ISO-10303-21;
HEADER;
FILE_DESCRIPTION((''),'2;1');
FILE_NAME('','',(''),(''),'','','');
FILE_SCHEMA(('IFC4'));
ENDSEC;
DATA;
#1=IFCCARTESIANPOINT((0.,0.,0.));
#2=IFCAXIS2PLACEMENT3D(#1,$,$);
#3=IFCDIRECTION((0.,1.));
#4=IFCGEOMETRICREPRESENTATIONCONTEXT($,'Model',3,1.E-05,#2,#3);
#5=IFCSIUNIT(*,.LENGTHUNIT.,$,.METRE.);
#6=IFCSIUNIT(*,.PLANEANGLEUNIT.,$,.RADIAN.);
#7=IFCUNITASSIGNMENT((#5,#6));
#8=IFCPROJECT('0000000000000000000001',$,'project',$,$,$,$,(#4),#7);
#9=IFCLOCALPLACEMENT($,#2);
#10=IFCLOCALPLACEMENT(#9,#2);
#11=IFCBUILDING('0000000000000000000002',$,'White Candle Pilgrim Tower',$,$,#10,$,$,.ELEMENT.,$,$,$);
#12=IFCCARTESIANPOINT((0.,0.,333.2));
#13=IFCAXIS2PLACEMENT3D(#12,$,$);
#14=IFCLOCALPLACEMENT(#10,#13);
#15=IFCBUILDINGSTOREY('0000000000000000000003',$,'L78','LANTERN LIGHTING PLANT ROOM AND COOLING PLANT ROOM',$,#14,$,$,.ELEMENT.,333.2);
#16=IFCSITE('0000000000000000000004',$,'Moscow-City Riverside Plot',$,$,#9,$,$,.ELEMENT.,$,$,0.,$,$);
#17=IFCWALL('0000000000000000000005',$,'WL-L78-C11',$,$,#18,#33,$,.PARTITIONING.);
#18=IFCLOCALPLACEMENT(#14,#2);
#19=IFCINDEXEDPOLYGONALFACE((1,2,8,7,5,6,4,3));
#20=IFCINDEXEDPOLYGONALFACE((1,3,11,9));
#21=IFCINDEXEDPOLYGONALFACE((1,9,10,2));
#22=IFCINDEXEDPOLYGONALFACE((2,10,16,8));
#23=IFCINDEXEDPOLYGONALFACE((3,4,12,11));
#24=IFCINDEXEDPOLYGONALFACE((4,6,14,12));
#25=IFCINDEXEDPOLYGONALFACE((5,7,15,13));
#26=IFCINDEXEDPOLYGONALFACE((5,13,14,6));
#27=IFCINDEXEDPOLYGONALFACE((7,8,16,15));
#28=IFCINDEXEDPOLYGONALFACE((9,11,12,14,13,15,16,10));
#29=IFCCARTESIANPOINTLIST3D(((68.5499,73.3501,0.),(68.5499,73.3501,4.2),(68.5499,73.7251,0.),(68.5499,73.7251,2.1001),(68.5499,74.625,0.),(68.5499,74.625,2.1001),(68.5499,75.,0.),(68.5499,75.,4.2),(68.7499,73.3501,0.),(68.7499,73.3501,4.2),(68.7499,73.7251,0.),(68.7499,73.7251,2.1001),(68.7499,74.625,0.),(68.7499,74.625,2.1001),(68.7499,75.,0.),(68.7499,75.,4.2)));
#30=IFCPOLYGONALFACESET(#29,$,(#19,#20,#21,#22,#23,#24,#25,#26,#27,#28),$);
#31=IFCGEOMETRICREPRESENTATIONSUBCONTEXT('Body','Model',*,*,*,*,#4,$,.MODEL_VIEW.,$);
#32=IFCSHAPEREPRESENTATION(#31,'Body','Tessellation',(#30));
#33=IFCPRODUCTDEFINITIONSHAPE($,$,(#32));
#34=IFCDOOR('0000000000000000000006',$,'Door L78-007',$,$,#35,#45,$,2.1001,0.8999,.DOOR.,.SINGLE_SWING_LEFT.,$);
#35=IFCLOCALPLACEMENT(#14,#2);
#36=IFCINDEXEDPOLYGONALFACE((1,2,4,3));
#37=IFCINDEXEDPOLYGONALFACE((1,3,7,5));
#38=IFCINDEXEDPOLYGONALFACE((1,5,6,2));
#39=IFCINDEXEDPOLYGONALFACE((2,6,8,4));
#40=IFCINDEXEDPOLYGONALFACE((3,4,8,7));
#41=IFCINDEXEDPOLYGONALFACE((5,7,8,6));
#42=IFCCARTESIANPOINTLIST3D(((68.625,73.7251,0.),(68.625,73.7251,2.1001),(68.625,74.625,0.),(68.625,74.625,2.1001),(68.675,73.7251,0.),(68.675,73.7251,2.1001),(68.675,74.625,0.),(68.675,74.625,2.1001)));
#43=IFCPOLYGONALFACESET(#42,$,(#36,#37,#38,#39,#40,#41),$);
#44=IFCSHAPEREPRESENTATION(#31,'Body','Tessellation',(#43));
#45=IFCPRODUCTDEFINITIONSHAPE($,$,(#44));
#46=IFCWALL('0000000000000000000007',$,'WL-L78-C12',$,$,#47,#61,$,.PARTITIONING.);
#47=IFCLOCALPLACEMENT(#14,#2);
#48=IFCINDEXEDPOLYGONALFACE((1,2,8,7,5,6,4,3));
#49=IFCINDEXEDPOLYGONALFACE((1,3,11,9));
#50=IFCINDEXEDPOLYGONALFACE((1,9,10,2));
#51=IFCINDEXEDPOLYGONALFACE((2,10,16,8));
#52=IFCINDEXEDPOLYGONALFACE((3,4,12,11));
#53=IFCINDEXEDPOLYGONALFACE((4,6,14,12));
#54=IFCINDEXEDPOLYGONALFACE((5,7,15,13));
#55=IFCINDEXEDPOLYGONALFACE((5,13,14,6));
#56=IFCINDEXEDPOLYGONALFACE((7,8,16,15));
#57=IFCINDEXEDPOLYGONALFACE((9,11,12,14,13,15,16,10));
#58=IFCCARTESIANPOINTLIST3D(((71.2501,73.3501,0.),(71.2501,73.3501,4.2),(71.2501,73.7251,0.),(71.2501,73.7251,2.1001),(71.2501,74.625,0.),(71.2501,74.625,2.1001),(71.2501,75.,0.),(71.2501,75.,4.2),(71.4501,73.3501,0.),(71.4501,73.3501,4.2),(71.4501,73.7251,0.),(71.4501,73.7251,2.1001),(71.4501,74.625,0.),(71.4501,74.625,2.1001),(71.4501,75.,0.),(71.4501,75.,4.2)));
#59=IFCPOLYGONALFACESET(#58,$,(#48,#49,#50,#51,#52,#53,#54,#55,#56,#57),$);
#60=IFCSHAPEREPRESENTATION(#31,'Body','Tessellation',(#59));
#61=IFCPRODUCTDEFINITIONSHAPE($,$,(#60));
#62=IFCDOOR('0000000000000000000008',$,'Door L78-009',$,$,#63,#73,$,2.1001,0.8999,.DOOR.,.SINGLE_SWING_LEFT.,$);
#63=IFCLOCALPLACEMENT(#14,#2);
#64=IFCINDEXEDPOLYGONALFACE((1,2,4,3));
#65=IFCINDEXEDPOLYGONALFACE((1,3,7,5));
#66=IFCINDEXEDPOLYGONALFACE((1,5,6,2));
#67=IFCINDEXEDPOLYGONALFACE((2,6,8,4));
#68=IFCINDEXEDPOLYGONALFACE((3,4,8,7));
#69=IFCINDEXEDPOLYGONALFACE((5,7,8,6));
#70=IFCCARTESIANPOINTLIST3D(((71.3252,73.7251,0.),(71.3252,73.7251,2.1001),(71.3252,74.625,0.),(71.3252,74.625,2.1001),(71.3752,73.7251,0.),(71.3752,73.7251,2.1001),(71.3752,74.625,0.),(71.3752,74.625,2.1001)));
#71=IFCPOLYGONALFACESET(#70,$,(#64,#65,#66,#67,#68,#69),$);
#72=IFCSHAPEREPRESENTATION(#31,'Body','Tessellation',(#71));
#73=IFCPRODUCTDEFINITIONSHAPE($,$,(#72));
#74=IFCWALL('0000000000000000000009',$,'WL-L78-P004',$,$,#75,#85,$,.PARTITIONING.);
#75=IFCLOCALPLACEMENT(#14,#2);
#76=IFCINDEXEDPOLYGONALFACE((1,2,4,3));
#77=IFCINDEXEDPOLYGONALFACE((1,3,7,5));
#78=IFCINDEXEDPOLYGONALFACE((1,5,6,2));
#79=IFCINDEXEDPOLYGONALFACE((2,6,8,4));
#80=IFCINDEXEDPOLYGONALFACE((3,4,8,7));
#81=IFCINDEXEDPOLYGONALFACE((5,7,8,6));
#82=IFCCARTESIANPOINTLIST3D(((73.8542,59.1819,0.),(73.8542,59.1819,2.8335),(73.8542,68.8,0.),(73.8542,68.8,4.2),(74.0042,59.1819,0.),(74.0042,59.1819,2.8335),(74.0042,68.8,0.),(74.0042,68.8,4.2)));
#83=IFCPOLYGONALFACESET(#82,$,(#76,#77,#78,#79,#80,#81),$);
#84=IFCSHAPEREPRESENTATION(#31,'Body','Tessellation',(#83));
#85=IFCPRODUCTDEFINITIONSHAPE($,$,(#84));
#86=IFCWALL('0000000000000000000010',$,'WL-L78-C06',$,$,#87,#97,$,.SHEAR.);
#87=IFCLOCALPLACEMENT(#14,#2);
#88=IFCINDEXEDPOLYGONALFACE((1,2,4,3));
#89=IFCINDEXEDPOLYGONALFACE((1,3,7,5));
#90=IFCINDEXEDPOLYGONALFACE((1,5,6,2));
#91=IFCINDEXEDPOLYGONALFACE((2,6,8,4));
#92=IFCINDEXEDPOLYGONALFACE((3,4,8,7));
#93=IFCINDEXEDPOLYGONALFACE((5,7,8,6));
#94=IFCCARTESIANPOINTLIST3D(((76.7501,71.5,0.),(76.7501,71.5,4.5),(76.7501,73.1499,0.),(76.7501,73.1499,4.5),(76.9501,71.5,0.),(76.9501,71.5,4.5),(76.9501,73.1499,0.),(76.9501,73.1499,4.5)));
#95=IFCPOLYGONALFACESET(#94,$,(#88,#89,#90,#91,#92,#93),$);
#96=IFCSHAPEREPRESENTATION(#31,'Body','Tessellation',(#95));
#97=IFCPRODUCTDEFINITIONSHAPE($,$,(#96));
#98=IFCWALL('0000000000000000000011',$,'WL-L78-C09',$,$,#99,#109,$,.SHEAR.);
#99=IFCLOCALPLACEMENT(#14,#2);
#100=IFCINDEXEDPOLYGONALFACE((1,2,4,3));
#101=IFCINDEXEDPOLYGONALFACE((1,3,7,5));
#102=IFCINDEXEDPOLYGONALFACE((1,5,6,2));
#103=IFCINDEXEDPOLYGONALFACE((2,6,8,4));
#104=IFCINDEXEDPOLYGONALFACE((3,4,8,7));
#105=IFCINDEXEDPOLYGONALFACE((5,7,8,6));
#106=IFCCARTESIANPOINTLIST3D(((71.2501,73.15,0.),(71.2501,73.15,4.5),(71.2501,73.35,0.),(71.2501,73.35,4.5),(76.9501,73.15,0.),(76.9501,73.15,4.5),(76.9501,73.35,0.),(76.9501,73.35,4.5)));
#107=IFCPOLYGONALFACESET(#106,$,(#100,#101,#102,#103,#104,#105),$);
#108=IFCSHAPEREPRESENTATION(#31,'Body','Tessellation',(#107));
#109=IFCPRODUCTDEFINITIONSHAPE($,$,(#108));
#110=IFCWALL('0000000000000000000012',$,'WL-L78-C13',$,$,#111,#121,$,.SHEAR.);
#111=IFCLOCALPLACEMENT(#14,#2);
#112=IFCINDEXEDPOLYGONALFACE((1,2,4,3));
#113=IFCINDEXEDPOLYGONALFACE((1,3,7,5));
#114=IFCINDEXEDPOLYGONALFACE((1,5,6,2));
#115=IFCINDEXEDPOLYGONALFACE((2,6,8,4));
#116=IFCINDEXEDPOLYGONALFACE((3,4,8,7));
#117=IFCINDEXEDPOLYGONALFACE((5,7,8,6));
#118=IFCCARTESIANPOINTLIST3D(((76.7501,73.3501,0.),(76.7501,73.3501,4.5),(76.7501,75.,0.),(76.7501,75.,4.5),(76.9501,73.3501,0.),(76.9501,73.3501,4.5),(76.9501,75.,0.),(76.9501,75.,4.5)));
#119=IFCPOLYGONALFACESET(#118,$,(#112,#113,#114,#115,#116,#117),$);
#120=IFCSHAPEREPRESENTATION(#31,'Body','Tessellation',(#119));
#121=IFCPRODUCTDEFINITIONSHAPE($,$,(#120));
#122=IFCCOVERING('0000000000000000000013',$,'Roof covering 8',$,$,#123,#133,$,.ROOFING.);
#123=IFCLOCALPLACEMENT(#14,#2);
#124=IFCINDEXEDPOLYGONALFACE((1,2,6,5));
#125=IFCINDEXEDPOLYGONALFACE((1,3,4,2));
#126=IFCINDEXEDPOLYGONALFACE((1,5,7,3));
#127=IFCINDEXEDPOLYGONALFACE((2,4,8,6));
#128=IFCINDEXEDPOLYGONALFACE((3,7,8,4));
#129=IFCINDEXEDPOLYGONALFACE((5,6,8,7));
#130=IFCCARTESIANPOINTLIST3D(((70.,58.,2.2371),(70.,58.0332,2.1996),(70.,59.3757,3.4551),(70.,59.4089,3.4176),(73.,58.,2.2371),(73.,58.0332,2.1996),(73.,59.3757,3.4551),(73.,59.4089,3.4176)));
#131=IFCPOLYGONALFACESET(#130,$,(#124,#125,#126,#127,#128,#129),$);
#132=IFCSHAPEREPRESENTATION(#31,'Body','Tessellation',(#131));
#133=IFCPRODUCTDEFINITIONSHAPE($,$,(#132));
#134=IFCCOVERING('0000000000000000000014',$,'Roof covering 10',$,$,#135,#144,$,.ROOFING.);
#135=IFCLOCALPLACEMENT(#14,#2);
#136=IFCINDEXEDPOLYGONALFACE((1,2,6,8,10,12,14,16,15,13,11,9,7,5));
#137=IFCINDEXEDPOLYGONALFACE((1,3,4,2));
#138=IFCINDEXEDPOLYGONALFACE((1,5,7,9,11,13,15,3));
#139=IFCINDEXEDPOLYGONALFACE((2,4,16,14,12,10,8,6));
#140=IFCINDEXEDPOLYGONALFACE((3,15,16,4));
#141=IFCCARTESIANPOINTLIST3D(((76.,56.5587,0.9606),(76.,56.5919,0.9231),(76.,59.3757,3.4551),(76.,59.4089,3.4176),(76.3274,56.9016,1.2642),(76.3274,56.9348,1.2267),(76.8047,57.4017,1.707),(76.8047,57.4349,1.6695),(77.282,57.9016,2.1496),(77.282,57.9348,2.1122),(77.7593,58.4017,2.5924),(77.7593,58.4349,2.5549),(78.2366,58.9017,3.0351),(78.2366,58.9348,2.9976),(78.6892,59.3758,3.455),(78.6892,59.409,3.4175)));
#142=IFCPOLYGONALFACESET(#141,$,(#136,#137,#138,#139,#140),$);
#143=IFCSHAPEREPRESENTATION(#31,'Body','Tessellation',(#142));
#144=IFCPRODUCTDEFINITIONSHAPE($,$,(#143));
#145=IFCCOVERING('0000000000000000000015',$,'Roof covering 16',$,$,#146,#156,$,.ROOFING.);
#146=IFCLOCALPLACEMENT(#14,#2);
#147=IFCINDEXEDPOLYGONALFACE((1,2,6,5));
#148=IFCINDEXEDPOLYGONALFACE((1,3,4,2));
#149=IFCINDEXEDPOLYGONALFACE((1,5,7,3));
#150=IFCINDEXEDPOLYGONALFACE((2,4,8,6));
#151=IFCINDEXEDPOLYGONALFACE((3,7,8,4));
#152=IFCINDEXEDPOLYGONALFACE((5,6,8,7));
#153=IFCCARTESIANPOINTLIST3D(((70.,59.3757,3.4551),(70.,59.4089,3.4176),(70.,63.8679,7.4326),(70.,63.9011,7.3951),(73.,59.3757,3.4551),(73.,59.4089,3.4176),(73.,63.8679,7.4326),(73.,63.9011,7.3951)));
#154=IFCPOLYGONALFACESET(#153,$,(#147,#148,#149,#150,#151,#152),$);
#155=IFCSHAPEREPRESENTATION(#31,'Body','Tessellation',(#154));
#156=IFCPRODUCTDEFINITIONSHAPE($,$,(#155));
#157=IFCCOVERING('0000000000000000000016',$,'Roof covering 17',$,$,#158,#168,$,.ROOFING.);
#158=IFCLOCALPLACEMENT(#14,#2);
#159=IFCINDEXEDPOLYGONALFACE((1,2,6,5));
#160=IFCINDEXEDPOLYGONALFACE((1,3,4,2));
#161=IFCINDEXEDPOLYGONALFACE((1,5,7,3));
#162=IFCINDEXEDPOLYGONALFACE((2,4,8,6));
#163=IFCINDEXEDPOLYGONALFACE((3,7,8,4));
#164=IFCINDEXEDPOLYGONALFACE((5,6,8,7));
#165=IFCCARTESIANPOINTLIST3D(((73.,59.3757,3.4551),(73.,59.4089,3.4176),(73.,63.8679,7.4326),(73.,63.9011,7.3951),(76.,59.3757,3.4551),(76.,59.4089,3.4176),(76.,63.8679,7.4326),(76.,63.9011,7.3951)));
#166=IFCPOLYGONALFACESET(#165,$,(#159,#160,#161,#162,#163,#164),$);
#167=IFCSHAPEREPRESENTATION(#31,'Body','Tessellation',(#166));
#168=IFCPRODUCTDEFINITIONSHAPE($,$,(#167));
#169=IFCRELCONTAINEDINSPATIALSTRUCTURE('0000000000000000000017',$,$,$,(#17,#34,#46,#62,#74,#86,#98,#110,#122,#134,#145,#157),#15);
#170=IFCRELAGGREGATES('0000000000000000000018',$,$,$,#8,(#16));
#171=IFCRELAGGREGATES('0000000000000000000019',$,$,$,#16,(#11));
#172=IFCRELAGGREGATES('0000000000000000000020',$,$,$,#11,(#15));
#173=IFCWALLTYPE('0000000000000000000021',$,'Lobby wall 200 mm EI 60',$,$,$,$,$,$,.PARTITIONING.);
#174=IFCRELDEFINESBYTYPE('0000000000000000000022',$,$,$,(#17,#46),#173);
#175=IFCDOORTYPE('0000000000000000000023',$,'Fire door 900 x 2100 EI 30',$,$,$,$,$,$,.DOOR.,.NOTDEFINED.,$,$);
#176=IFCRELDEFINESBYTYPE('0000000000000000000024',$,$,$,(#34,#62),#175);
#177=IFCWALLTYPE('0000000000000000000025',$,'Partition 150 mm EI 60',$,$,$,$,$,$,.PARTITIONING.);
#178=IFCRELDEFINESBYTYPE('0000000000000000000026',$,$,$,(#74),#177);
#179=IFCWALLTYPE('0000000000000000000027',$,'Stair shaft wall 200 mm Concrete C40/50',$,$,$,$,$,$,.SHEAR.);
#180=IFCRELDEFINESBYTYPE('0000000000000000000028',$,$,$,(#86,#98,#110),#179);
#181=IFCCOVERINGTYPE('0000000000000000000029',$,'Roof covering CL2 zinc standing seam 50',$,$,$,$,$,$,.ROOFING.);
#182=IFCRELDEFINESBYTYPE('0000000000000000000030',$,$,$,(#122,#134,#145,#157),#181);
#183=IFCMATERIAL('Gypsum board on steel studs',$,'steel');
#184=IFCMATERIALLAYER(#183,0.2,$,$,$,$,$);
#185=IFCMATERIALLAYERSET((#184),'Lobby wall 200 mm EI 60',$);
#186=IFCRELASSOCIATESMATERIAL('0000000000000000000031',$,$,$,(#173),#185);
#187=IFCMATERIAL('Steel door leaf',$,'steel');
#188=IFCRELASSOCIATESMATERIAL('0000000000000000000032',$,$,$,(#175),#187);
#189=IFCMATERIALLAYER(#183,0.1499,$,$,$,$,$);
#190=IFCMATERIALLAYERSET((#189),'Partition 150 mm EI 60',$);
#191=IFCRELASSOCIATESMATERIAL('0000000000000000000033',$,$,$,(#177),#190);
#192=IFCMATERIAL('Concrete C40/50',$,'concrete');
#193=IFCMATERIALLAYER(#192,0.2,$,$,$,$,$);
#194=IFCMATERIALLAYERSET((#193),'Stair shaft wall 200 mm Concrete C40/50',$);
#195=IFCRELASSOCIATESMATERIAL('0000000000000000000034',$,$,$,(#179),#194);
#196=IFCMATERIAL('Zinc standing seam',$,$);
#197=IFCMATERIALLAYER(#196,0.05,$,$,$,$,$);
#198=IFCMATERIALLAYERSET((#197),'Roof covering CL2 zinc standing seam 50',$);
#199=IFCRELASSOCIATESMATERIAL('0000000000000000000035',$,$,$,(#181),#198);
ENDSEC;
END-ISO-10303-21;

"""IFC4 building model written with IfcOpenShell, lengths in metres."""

from ifc_helpers import new_model, si_unit, direction, frame, frame_2d, origin, place, context, subcontext, project, spatial, polyline, rectangle, outline, extrude, material, layer, layer_set, type_object, element, fill, save


model = new_model("IFC4")

# Units and contexts
model_context = context("Model", 3, precision=1e-05, world=origin(), true_north=direction((0.0, 1.0)))
body_context = subcontext(model_context, "Body", "Model", "MODEL_VIEW")
ifc_project = project(units=[si_unit("LENGTHUNIT", "METRE"), si_unit("PLANEANGLEUNIT", "RADIAN")], contexts=[model_context])

# Site, building, storey
site_placement = place(None, origin())
site = spatial("IfcSite", under=ifc_project, at=site_placement, Name="Moscow-City Riverside Plot", CompositionType="ELEMENT", RefElevation=0.0)
building_placement = place(site_placement, origin())
building = spatial("IfcBuilding", under=site, at=building_placement, Name="White Candle Pilgrim Tower", CompositionType="ELEMENT")
storey_placement = place(building_placement, frame((0.0, 0.0, 333.2)))
storey = spatial("IfcBuildingStorey", under=building, at=storey_placement, Name="L78", Description="LANTERN LIGHTING PLANT ROOM AND COOLING PLANT ROOM", CompositionType="ELEMENT", Elevation=333.2)

# Walls, openings, doors
ifc_material_1 = material(Name="Gypsum board on steel studs", Category="steel")
ifc_layer_1 = layer(ifc_material_1, 0.2)
ifc_layer_set_1 = layer_set([ifc_layer_1], Name="Lobby wall 200 mm EI 60")
wall_type_1 = type_object("IfcWallType", Name="Lobby wall 200 mm EI 60", PredefinedType="PARTITIONING", material=ifc_layer_set_1)
ifc_material_2 = material(Name="Steel door leaf", Category="steel")
door_type = type_object("IfcDoorType", Name="Fire door 900 x 2100 EI 30", OperationType="NOTDEFINED", PredefinedType="DOOR", material=ifc_material_2)
wall_1_placement = place(storey_placement, frame((68.6499, 73.3501, 0.0), z_axis=(0.0, 0.0, 1.0), x_axis=(0.0, 1.0, 0.0)))
wall_1 = element("IfcWall", 1, at=wall_1_placement, inside=storey, type_object=wall_type_1, Name="WL-L78-C11", PredefinedType="PARTITIONING", context=body_context, shape_type="SweptSolid", body=[
    extrude(rectangle(XDim=1.6499, YDim=0.2, at=frame_2d((0.825, 0.0))), origin(), (0.0, 0.0, 1.0), 4.2),
])
opening_1_placement = place(wall_1_placement, frame((0.375, 0.0, 0.0)))
opening_1 = element("IfcOpeningElement", 2, at=opening_1_placement, cuts=wall_1, PredefinedType="OPENING", context=body_context, shape_type="SweptSolid", body=[
    extrude(rectangle(XDim=0.8999, YDim=2.1001, at=frame_2d((0.45, 1.05))), frame((0.0, 0.1099, 0.0), z_axis=(0.0, -1.0, 0.0), x_axis=(1.0, 0.0, 0.0)), (0.0, 0.0, 1.0), 0.22),
])
door_1_placement = place(opening_1_placement, origin())
door_1 = element("IfcDoor", 3, at=door_1_placement, inside=storey, type_object=door_type, Name="Door L78-007", OperationType="SINGLE_SWING_LEFT", OverallHeight=2.1001, OverallWidth=0.8999, PredefinedType="DOOR", context=body_context, shape_type="SweptSolid", body=[
    extrude(rectangle(XDim=0.8999, YDim=2.1001, at=frame_2d((0.45, 1.05))), frame((0.0, 0.0249, 0.0), z_axis=(0.0, -1.0, 0.0), x_axis=(1.0, 0.0, 0.0)), (0.0, 0.0, 1.0), 0.05),
])
fill(opening_1, door_1)
wall_2_placement = place(storey_placement, frame((71.3501, 73.3501, 0.0), z_axis=(0.0, 0.0, 1.0), x_axis=(0.0, 1.0, 0.0)))
wall_2 = element("IfcWall", 4, at=wall_2_placement, inside=storey, type_object=wall_type_1, Name="WL-L78-C12", PredefinedType="PARTITIONING", context=body_context, shape_type="SweptSolid", body=[
    extrude(rectangle(XDim=1.6499, YDim=0.2, at=frame_2d((0.825, 0.0))), origin(), (0.0, 0.0, 1.0), 4.2),
])
opening_2_placement = place(wall_2_placement, frame((0.375, 0.0, 0.0)))
opening_2 = element("IfcOpeningElement", 5, at=opening_2_placement, cuts=wall_2, PredefinedType="OPENING", context=body_context, shape_type="SweptSolid", body=[
    extrude(rectangle(XDim=0.8999, YDim=2.1001, at=frame_2d((0.45, 1.05))), frame((0.0, 0.1099, 0.0), z_axis=(0.0, -1.0, 0.0), x_axis=(1.0, 0.0, 0.0)), (0.0, 0.0, 1.0), 0.22),
])
door_2_placement = place(opening_2_placement, origin())
door_2 = element("IfcDoor", 6, at=door_2_placement, inside=storey, type_object=door_type, Name="Door L78-009", OperationType="SINGLE_SWING_LEFT", OverallHeight=2.1001, OverallWidth=0.8999, PredefinedType="DOOR", context=body_context, shape_type="SweptSolid", body=[
    extrude(rectangle(XDim=0.8999, YDim=2.1001, at=frame_2d((0.45, 1.05))), frame((0.0, 0.0249, 0.0), z_axis=(0.0, -1.0, 0.0), x_axis=(1.0, 0.0, 0.0)), (0.0, 0.0, 1.0), 0.05),
])
fill(opening_2, door_2)

# Walls
ifc_layer_2 = layer(ifc_material_1, 0.1499)
ifc_layer_set_2 = layer_set([ifc_layer_2], Name="Partition 150 mm EI 60")
wall_type_2 = type_object("IfcWallType", Name="Partition 150 mm EI 60", PredefinedType="PARTITIONING", material=ifc_layer_set_2)
wall_3_placement = place(storey_placement, frame((73.9292, 59.1819, 0.0), z_axis=(0.0, 0.0, 1.0), x_axis=(0.0, 1.0, 0.0)))
element("IfcWall", 7, at=wall_3_placement, inside=storey, type_object=wall_type_2, Name="WL-L78-P004", PredefinedType="PARTITIONING", context=body_context, shape_type="SweptSolid", body=[
    extrude(outline(polyline([(0.0, 0.0), (9.6182, 0.0), (9.6182, 4.2), (0.0, 2.8335), (0.0, 0.0)])), frame((0.0, 0.075, 0.0), z_axis=(0.0, -1.0, 0.0), x_axis=(1.0, 0.0, 0.0)), (0.0, 0.0, 1.0), 0.1499),
])
ifc_material_3 = material(Name="Concrete C40/50", Category="concrete")
ifc_layer_3 = layer(ifc_material_3, 0.2)
ifc_layer_set_3 = layer_set([ifc_layer_3], Name="Stair shaft wall 200 mm Concrete C40/50")
wall_type_3 = type_object("IfcWallType", Name="Stair shaft wall 200 mm Concrete C40/50", PredefinedType="SHEAR", material=ifc_layer_set_3)
wall_4_placement = place(storey_placement, frame((76.8501, 71.5, 0.0), z_axis=(0.0, 0.0, 1.0), x_axis=(0.0, 1.0, 0.0)))
element("IfcWall", 8, at=wall_4_placement, inside=storey, type_object=wall_type_3, Name="WL-L78-C06", PredefinedType="SHEAR", context=body_context, shape_type="SweptSolid", body=[
    extrude(rectangle(XDim=1.6499, YDim=0.2, at=frame_2d((0.825, 0.0))), origin(), (0.0, 0.0, 1.0), 4.5),
])
wall_5_placement = place(storey_placement, frame((71.25, 73.25, 0.0), z_axis=(0.0, 0.0, 1.0), x_axis=(1.0, 0.0, 0.0)))
element("IfcWall", 9, at=wall_5_placement, inside=storey, type_object=wall_type_3, Name="WL-L78-C09", PredefinedType="SHEAR", context=body_context, shape_type="SweptSolid", body=[
    extrude(rectangle(XDim=5.7, YDim=0.2, at=frame_2d((2.8501, 0.0))), origin(), (0.0, 0.0, 1.0), 4.5),
])
wall_6_placement = place(storey_placement, frame((76.8501, 73.3501, 0.0), z_axis=(0.0, 0.0, 1.0), x_axis=(0.0, 1.0, 0.0)))
element("IfcWall", 10, at=wall_6_placement, inside=storey, type_object=wall_type_3, Name="WL-L78-C13", PredefinedType="SHEAR", context=body_context, shape_type="SweptSolid", body=[
    extrude(rectangle(XDim=1.6499, YDim=0.2, at=frame_2d((0.825, 0.0))), origin(), (0.0, 0.0, 1.0), 4.5),
])

# Coverings
ifc_material_4 = material(Name="Zinc standing seam")
ifc_layer_4 = layer(ifc_material_4, 0.05)
ifc_layer_set_4 = layer_set([ifc_layer_4], Name="Roof covering CL2 zinc standing seam 50")
covering_type = type_object("IfcCoveringType", Name="Roof covering CL2 zinc standing seam 50", PredefinedType="ROOFING", material=ifc_layer_set_4)
covering_1_placement = place(storey_placement, frame((70.0, 59.3757, 3.4551), z_axis=(0.0, -0.662886, 0.74872), x_axis=(1.0, 0.0, 0.0)))
element("IfcCovering", 11, at=covering_1_placement, inside=storey, type_object=covering_type, Name="Roof covering 8", PredefinedType="ROOFING", context=body_context, shape_type="SweptSolid", body=[
    extrude(outline(polyline([(0.0, 0.0), (3.0, 0.0), (3.0, -1.8374), (0.0, -1.8374), (0.0, 0.0)])), origin(), (0.0, 0.0, -1.0), 0.05),
])
covering_2_placement = place(storey_placement, frame((76.0, 59.3757, 3.4551), z_axis=(0.000064, -0.662951, 0.748663), x_axis=(1.0, 0.000042, -0.000048)))
element("IfcCovering", 12, at=covering_2_placement, inside=storey, type_object=covering_type, Name="Roof covering 10", PredefinedType="ROOFING", context=body_context, shape_type="SweptSolid", body=[
    extrude(outline(polyline([(0.0, 0.0), (2.6892, 0.0), (2.2366, -0.6333), (1.7593, -1.3011), (1.282, -1.969), (0.8047, -2.6368), (0.3274, -3.3048), (0.0, -3.7627), (0.0, 0.0)])), origin(), (0.0, 0.0, -1.0), 0.05),
])
for number, where, z_axis, x_axis, name in (
    (13, (70.0, 59.3757, 3.4551), (0.0, -0.662918, 0.748692), (0.0, 0.748692, 0.662918), "Roof covering 16"),
    (14, (73.0, 59.3757, 3.4551), (0.0, -0.662918, 0.748692), (0.0, 0.748692, 0.662918), "Roof covering 17"),
):
    element("IfcCovering", number, at=place(storey_placement, frame(where, z_axis=z_axis, x_axis=x_axis)), inside=storey, type_object=covering_type, Name=name, PredefinedType="ROOFING", context=body_context, shape_type="SweptSolid", body=[
        extrude(outline(polyline([(0.0, 0.0), (6.0, 0.0), (6.0, -3.0), (0.0, -3.0), (0.0, 0.0)])), origin(), (0.0, 0.0, -1.0), 0.05),
    ])

save(model, "model.ifc")
